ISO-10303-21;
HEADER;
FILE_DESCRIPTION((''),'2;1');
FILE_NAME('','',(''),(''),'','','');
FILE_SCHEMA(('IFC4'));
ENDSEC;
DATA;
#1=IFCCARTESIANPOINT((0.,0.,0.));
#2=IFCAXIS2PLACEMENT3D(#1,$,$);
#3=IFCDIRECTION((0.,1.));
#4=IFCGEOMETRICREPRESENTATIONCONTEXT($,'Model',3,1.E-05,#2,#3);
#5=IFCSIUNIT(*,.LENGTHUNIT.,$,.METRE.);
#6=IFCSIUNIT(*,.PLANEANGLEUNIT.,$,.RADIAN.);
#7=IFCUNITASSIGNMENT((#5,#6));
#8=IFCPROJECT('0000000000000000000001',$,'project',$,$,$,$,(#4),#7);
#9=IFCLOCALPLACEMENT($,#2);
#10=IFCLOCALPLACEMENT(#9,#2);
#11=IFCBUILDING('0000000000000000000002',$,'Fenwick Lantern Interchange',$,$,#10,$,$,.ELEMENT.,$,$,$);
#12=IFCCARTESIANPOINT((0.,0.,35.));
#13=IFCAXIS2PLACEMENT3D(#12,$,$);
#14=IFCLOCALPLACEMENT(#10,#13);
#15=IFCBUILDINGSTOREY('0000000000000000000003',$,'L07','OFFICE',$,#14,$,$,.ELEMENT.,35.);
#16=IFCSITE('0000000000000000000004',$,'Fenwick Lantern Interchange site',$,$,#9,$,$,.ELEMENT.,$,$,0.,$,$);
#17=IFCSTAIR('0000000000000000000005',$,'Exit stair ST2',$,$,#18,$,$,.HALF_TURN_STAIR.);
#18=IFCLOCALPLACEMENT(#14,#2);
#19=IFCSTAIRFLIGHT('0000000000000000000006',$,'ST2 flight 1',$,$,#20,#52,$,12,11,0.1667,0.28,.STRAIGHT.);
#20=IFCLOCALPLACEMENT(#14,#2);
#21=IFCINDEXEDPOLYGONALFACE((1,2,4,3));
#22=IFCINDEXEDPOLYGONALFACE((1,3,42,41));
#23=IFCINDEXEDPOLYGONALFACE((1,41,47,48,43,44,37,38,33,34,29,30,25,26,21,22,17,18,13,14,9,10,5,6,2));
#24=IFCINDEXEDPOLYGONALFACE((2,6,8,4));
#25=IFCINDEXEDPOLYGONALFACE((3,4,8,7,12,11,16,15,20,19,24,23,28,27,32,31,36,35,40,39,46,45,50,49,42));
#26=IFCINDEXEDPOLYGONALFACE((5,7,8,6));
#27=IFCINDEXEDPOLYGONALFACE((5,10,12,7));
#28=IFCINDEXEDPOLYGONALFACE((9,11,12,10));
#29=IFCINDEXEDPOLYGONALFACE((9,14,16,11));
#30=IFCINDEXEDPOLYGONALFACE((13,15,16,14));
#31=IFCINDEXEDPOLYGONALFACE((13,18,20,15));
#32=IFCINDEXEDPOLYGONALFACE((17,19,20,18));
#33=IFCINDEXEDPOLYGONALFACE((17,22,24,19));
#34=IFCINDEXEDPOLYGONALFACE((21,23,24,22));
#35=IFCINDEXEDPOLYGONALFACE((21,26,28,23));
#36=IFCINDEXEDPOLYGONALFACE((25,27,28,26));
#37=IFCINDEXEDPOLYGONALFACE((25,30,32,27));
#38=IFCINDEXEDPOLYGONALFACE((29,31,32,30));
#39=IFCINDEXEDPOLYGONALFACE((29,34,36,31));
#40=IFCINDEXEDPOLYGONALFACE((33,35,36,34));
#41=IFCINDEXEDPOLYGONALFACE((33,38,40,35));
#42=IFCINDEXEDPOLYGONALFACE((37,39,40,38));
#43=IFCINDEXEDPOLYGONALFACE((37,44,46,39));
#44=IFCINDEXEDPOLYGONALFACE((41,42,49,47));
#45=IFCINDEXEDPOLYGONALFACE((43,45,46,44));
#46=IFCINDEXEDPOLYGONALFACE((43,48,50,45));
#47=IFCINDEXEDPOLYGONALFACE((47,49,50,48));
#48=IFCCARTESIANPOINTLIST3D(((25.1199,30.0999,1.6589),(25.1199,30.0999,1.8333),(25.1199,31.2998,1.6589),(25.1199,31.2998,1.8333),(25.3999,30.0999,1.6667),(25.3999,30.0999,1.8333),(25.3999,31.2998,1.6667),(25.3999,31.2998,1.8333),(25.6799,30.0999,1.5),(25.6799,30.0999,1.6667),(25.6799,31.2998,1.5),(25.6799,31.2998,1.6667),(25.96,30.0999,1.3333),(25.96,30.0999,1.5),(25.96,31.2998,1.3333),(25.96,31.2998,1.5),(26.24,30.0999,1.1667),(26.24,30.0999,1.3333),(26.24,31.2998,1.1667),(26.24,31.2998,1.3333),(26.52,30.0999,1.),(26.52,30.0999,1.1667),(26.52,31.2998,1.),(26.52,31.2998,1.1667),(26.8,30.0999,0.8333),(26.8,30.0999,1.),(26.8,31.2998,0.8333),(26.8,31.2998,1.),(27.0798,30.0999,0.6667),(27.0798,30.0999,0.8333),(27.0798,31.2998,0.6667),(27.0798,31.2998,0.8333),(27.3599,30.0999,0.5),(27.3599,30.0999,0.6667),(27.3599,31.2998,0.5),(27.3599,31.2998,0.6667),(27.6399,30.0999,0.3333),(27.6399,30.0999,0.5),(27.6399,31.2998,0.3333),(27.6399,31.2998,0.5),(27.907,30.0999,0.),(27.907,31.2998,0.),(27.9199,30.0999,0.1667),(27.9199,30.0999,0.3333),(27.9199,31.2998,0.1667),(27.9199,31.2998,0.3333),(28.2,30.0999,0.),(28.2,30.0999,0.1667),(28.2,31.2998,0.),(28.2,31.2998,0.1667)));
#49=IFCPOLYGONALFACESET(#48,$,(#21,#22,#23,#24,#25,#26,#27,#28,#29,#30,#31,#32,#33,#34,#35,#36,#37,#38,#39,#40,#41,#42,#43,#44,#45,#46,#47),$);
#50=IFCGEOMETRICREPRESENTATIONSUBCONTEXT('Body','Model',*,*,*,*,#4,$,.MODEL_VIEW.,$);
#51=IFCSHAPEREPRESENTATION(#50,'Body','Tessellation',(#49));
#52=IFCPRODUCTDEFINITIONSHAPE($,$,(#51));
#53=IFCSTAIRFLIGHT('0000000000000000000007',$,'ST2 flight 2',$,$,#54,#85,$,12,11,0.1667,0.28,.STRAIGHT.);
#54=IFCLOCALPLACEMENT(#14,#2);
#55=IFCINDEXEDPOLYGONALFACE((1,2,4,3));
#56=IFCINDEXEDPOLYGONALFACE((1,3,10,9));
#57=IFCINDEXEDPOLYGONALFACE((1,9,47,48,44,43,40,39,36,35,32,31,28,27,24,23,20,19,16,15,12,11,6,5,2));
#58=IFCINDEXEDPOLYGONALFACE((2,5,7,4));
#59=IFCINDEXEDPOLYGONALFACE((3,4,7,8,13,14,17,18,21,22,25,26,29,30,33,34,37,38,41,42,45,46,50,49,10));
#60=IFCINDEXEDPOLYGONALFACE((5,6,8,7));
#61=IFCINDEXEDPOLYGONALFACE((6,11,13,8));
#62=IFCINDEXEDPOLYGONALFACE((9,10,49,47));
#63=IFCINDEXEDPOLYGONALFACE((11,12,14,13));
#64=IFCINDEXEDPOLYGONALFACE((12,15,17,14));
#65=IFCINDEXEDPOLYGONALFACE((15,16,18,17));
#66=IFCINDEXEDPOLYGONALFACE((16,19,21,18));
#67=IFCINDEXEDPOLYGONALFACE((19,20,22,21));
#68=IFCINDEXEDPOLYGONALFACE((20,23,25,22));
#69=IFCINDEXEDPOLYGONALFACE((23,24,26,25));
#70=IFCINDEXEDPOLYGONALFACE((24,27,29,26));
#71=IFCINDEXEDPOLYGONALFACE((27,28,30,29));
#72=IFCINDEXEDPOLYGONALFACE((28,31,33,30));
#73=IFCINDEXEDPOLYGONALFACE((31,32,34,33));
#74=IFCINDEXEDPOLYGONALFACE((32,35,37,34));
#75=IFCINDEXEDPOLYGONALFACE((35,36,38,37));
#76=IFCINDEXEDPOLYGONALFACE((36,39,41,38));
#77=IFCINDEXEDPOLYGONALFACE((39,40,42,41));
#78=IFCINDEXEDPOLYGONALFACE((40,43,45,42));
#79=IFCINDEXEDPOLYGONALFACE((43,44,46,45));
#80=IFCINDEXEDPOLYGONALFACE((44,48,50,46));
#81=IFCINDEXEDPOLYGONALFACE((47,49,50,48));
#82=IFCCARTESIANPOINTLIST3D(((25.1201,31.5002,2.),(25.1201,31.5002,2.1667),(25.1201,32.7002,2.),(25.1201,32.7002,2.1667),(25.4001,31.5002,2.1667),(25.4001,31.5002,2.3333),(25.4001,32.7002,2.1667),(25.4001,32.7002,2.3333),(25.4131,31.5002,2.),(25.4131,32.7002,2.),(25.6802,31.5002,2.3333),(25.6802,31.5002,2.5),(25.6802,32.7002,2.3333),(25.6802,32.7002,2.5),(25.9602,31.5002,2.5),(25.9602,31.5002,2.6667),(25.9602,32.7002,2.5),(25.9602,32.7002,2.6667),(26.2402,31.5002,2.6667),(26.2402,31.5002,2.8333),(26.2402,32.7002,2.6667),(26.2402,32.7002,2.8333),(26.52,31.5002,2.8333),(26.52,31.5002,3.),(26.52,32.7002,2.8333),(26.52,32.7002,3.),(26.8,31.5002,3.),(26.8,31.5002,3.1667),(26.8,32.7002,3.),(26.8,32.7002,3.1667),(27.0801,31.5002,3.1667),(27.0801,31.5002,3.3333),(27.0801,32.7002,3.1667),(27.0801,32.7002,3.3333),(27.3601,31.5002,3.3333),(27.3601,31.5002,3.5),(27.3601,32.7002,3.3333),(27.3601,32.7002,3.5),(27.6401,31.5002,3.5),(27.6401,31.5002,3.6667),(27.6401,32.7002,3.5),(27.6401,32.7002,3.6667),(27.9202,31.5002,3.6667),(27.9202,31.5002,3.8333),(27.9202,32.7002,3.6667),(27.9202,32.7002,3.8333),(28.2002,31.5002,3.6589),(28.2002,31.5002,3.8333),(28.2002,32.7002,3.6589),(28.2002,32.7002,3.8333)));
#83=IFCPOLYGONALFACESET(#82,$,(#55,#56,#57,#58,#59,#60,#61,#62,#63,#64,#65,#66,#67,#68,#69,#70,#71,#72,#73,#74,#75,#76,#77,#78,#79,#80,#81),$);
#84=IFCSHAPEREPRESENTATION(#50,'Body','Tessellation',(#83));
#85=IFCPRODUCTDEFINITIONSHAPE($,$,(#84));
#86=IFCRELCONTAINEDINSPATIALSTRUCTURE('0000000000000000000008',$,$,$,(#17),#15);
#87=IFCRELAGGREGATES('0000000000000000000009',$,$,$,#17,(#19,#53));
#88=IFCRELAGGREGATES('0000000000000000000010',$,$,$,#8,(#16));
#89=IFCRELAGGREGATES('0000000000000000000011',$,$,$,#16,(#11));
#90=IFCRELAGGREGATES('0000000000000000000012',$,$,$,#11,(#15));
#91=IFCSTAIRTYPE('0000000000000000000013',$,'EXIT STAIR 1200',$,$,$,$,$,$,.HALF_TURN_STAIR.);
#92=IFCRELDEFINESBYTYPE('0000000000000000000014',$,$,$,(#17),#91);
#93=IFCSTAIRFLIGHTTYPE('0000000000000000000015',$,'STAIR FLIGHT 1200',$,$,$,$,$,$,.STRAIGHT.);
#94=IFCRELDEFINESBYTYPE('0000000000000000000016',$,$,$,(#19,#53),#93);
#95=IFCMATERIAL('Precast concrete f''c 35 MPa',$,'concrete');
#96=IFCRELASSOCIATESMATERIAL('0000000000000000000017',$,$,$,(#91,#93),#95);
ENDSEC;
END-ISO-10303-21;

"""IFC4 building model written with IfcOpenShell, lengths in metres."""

from ifc_helpers import new_model, si_unit, direction, frame, origin, place, context, subcontext, project, spatial, polyline, outline, extrude, material, type_object, element, aggregate, save


model = new_model("IFC4")

# Units and contexts
model_context = context("Model", 3, precision=1e-05, world=origin(), true_north=direction((0.0, 1.0)))
body_context = subcontext(model_context, "Body", "Model", "MODEL_VIEW")
ifc_project = project(units=[si_unit("LENGTHUNIT", "METRE"), si_unit("PLANEANGLEUNIT", "RADIAN")], contexts=[model_context])

# Site, building, storey
site_placement = place(None, origin())
site = spatial("IfcSite", under=ifc_project, at=site_placement, Name="Fenwick Lantern Interchange site", CompositionType="ELEMENT", RefElevation=0.0)
building_placement = place(site_placement, origin())
building = spatial("IfcBuilding", under=site, at=building_placement, Name="Fenwick Lantern Interchange", CompositionType="ELEMENT")
storey_placement = place(building_placement, frame((0.0, 0.0, 35.0)))
storey = spatial("IfcBuildingStorey", under=building, at=storey_placement, Name="L07", Description="OFFICE", CompositionType="ELEMENT", Elevation=35.0)

# Stair, stair flights
ifc_material_1 = material(Name="Precast concrete f'c 35 MPa", Category="concrete")
stair_type = type_object("IfcStairType", Name="EXIT STAIR 1200", PredefinedType="HALF_TURN_STAIR", material=ifc_material_1)
stair_placement = place(storey_placement, origin())
stair = element("IfcStair", 1, at=stair_placement, inside=storey, type_object=stair_type, Name="Exit stair ST2", PredefinedType="HALF_TURN_STAIR")
stair_flight_type = type_object("IfcStairFlightType", Name="STAIR FLIGHT 1200", PredefinedType="STRAIGHT", material=ifc_material_1)
stair_flight_1_placement = place(storey_placement, frame((28.2, 30.7, 0.0), z_axis=(0.0, 0.0, 1.0), x_axis=(-1.0, 0.0, 0.0)))
stair_flight_1 = element("IfcStairFlight", 2, at=stair_flight_1_placement, type_object=stair_flight_type, Name="ST2 flight 1", NumberOfRisers=12, NumberOfTreads=11, PredefinedType="STRAIGHT", RiserHeight=0.1667, TreadLength=0.28, context=body_context, shape_type="SweptSolid", body=[
    extrude(outline(polyline([(0.0, 0.0), (0.0, 0.1667), (0.28, 0.1667), (0.28, 0.3333), (0.5601, 0.3333), (0.5601, 0.5), (0.8401, 0.5), (0.8401, 0.6667), (1.1201, 0.6667), (1.1201, 0.8333), (1.3999, 0.8333), (1.3999, 1.0), (1.6799, 1.0), (1.6799, 1.1667), (1.96, 1.1667), (1.96, 1.3333), (2.24, 1.3333), (2.24, 1.5), (2.52, 1.5), (2.52, 1.6667), (2.8, 1.6667), (2.8, 1.8333), (3.0801, 1.8333), (3.0801, 2.0), (3.0801, 1.6589), (0.293, 0.0), (0.0, 0.0)])), frame((0.0, 0.6001, 0.0), z_axis=(0.0, -1.0, 0.0), x_axis=(1.0, 0.0, 0.0)), (0.0, 0.0, 1.0), 1.2),
])
stair_flight_2_placement = place(storey_placement, frame((25.1201, 32.1001, 2.0), z_axis=(0.0, 0.0, 1.0), x_axis=(1.0, 0.0, 0.0)))
stair_flight_2 = element("IfcStairFlight", 3, at=stair_flight_2_placement, type_object=stair_flight_type, Name="ST2 flight 2", NumberOfRisers=12, NumberOfTreads=11, PredefinedType="STRAIGHT", RiserHeight=0.1667, TreadLength=0.28, context=body_context, shape_type="SweptSolid", body=[
    extrude(outline(polyline([(0.0, 0.0), (0.0, 0.1667), (0.28, 0.1667), (0.28, 0.3333), (0.5601, 0.3333), (0.5601, 0.5), (0.8401, 0.5), (0.8401, 0.6667), (1.1201, 0.6667), (1.1201, 0.8333), (1.3999, 0.8333), (1.3999, 1.0), (1.6799, 1.0), (1.6799, 1.1667), (1.96, 1.1667), (1.96, 1.3333), (2.24, 1.3333), (2.24, 1.5), (2.52, 1.5), (2.52, 1.6667), (2.8, 1.6667), (2.8, 1.8333), (3.0801, 1.8333), (3.0801, 2.0), (3.0801, 1.6589), (0.293, 0.0), (0.0, 0.0)])), frame((0.0, 0.6001, 0.0), z_axis=(0.0, -1.0, 0.0), x_axis=(1.0, 0.0, 0.0)), (0.0, 0.0, 1.0), 1.2),
])
aggregate(stair, [stair_flight_1, stair_flight_2])

save(model, "model.ifc")
